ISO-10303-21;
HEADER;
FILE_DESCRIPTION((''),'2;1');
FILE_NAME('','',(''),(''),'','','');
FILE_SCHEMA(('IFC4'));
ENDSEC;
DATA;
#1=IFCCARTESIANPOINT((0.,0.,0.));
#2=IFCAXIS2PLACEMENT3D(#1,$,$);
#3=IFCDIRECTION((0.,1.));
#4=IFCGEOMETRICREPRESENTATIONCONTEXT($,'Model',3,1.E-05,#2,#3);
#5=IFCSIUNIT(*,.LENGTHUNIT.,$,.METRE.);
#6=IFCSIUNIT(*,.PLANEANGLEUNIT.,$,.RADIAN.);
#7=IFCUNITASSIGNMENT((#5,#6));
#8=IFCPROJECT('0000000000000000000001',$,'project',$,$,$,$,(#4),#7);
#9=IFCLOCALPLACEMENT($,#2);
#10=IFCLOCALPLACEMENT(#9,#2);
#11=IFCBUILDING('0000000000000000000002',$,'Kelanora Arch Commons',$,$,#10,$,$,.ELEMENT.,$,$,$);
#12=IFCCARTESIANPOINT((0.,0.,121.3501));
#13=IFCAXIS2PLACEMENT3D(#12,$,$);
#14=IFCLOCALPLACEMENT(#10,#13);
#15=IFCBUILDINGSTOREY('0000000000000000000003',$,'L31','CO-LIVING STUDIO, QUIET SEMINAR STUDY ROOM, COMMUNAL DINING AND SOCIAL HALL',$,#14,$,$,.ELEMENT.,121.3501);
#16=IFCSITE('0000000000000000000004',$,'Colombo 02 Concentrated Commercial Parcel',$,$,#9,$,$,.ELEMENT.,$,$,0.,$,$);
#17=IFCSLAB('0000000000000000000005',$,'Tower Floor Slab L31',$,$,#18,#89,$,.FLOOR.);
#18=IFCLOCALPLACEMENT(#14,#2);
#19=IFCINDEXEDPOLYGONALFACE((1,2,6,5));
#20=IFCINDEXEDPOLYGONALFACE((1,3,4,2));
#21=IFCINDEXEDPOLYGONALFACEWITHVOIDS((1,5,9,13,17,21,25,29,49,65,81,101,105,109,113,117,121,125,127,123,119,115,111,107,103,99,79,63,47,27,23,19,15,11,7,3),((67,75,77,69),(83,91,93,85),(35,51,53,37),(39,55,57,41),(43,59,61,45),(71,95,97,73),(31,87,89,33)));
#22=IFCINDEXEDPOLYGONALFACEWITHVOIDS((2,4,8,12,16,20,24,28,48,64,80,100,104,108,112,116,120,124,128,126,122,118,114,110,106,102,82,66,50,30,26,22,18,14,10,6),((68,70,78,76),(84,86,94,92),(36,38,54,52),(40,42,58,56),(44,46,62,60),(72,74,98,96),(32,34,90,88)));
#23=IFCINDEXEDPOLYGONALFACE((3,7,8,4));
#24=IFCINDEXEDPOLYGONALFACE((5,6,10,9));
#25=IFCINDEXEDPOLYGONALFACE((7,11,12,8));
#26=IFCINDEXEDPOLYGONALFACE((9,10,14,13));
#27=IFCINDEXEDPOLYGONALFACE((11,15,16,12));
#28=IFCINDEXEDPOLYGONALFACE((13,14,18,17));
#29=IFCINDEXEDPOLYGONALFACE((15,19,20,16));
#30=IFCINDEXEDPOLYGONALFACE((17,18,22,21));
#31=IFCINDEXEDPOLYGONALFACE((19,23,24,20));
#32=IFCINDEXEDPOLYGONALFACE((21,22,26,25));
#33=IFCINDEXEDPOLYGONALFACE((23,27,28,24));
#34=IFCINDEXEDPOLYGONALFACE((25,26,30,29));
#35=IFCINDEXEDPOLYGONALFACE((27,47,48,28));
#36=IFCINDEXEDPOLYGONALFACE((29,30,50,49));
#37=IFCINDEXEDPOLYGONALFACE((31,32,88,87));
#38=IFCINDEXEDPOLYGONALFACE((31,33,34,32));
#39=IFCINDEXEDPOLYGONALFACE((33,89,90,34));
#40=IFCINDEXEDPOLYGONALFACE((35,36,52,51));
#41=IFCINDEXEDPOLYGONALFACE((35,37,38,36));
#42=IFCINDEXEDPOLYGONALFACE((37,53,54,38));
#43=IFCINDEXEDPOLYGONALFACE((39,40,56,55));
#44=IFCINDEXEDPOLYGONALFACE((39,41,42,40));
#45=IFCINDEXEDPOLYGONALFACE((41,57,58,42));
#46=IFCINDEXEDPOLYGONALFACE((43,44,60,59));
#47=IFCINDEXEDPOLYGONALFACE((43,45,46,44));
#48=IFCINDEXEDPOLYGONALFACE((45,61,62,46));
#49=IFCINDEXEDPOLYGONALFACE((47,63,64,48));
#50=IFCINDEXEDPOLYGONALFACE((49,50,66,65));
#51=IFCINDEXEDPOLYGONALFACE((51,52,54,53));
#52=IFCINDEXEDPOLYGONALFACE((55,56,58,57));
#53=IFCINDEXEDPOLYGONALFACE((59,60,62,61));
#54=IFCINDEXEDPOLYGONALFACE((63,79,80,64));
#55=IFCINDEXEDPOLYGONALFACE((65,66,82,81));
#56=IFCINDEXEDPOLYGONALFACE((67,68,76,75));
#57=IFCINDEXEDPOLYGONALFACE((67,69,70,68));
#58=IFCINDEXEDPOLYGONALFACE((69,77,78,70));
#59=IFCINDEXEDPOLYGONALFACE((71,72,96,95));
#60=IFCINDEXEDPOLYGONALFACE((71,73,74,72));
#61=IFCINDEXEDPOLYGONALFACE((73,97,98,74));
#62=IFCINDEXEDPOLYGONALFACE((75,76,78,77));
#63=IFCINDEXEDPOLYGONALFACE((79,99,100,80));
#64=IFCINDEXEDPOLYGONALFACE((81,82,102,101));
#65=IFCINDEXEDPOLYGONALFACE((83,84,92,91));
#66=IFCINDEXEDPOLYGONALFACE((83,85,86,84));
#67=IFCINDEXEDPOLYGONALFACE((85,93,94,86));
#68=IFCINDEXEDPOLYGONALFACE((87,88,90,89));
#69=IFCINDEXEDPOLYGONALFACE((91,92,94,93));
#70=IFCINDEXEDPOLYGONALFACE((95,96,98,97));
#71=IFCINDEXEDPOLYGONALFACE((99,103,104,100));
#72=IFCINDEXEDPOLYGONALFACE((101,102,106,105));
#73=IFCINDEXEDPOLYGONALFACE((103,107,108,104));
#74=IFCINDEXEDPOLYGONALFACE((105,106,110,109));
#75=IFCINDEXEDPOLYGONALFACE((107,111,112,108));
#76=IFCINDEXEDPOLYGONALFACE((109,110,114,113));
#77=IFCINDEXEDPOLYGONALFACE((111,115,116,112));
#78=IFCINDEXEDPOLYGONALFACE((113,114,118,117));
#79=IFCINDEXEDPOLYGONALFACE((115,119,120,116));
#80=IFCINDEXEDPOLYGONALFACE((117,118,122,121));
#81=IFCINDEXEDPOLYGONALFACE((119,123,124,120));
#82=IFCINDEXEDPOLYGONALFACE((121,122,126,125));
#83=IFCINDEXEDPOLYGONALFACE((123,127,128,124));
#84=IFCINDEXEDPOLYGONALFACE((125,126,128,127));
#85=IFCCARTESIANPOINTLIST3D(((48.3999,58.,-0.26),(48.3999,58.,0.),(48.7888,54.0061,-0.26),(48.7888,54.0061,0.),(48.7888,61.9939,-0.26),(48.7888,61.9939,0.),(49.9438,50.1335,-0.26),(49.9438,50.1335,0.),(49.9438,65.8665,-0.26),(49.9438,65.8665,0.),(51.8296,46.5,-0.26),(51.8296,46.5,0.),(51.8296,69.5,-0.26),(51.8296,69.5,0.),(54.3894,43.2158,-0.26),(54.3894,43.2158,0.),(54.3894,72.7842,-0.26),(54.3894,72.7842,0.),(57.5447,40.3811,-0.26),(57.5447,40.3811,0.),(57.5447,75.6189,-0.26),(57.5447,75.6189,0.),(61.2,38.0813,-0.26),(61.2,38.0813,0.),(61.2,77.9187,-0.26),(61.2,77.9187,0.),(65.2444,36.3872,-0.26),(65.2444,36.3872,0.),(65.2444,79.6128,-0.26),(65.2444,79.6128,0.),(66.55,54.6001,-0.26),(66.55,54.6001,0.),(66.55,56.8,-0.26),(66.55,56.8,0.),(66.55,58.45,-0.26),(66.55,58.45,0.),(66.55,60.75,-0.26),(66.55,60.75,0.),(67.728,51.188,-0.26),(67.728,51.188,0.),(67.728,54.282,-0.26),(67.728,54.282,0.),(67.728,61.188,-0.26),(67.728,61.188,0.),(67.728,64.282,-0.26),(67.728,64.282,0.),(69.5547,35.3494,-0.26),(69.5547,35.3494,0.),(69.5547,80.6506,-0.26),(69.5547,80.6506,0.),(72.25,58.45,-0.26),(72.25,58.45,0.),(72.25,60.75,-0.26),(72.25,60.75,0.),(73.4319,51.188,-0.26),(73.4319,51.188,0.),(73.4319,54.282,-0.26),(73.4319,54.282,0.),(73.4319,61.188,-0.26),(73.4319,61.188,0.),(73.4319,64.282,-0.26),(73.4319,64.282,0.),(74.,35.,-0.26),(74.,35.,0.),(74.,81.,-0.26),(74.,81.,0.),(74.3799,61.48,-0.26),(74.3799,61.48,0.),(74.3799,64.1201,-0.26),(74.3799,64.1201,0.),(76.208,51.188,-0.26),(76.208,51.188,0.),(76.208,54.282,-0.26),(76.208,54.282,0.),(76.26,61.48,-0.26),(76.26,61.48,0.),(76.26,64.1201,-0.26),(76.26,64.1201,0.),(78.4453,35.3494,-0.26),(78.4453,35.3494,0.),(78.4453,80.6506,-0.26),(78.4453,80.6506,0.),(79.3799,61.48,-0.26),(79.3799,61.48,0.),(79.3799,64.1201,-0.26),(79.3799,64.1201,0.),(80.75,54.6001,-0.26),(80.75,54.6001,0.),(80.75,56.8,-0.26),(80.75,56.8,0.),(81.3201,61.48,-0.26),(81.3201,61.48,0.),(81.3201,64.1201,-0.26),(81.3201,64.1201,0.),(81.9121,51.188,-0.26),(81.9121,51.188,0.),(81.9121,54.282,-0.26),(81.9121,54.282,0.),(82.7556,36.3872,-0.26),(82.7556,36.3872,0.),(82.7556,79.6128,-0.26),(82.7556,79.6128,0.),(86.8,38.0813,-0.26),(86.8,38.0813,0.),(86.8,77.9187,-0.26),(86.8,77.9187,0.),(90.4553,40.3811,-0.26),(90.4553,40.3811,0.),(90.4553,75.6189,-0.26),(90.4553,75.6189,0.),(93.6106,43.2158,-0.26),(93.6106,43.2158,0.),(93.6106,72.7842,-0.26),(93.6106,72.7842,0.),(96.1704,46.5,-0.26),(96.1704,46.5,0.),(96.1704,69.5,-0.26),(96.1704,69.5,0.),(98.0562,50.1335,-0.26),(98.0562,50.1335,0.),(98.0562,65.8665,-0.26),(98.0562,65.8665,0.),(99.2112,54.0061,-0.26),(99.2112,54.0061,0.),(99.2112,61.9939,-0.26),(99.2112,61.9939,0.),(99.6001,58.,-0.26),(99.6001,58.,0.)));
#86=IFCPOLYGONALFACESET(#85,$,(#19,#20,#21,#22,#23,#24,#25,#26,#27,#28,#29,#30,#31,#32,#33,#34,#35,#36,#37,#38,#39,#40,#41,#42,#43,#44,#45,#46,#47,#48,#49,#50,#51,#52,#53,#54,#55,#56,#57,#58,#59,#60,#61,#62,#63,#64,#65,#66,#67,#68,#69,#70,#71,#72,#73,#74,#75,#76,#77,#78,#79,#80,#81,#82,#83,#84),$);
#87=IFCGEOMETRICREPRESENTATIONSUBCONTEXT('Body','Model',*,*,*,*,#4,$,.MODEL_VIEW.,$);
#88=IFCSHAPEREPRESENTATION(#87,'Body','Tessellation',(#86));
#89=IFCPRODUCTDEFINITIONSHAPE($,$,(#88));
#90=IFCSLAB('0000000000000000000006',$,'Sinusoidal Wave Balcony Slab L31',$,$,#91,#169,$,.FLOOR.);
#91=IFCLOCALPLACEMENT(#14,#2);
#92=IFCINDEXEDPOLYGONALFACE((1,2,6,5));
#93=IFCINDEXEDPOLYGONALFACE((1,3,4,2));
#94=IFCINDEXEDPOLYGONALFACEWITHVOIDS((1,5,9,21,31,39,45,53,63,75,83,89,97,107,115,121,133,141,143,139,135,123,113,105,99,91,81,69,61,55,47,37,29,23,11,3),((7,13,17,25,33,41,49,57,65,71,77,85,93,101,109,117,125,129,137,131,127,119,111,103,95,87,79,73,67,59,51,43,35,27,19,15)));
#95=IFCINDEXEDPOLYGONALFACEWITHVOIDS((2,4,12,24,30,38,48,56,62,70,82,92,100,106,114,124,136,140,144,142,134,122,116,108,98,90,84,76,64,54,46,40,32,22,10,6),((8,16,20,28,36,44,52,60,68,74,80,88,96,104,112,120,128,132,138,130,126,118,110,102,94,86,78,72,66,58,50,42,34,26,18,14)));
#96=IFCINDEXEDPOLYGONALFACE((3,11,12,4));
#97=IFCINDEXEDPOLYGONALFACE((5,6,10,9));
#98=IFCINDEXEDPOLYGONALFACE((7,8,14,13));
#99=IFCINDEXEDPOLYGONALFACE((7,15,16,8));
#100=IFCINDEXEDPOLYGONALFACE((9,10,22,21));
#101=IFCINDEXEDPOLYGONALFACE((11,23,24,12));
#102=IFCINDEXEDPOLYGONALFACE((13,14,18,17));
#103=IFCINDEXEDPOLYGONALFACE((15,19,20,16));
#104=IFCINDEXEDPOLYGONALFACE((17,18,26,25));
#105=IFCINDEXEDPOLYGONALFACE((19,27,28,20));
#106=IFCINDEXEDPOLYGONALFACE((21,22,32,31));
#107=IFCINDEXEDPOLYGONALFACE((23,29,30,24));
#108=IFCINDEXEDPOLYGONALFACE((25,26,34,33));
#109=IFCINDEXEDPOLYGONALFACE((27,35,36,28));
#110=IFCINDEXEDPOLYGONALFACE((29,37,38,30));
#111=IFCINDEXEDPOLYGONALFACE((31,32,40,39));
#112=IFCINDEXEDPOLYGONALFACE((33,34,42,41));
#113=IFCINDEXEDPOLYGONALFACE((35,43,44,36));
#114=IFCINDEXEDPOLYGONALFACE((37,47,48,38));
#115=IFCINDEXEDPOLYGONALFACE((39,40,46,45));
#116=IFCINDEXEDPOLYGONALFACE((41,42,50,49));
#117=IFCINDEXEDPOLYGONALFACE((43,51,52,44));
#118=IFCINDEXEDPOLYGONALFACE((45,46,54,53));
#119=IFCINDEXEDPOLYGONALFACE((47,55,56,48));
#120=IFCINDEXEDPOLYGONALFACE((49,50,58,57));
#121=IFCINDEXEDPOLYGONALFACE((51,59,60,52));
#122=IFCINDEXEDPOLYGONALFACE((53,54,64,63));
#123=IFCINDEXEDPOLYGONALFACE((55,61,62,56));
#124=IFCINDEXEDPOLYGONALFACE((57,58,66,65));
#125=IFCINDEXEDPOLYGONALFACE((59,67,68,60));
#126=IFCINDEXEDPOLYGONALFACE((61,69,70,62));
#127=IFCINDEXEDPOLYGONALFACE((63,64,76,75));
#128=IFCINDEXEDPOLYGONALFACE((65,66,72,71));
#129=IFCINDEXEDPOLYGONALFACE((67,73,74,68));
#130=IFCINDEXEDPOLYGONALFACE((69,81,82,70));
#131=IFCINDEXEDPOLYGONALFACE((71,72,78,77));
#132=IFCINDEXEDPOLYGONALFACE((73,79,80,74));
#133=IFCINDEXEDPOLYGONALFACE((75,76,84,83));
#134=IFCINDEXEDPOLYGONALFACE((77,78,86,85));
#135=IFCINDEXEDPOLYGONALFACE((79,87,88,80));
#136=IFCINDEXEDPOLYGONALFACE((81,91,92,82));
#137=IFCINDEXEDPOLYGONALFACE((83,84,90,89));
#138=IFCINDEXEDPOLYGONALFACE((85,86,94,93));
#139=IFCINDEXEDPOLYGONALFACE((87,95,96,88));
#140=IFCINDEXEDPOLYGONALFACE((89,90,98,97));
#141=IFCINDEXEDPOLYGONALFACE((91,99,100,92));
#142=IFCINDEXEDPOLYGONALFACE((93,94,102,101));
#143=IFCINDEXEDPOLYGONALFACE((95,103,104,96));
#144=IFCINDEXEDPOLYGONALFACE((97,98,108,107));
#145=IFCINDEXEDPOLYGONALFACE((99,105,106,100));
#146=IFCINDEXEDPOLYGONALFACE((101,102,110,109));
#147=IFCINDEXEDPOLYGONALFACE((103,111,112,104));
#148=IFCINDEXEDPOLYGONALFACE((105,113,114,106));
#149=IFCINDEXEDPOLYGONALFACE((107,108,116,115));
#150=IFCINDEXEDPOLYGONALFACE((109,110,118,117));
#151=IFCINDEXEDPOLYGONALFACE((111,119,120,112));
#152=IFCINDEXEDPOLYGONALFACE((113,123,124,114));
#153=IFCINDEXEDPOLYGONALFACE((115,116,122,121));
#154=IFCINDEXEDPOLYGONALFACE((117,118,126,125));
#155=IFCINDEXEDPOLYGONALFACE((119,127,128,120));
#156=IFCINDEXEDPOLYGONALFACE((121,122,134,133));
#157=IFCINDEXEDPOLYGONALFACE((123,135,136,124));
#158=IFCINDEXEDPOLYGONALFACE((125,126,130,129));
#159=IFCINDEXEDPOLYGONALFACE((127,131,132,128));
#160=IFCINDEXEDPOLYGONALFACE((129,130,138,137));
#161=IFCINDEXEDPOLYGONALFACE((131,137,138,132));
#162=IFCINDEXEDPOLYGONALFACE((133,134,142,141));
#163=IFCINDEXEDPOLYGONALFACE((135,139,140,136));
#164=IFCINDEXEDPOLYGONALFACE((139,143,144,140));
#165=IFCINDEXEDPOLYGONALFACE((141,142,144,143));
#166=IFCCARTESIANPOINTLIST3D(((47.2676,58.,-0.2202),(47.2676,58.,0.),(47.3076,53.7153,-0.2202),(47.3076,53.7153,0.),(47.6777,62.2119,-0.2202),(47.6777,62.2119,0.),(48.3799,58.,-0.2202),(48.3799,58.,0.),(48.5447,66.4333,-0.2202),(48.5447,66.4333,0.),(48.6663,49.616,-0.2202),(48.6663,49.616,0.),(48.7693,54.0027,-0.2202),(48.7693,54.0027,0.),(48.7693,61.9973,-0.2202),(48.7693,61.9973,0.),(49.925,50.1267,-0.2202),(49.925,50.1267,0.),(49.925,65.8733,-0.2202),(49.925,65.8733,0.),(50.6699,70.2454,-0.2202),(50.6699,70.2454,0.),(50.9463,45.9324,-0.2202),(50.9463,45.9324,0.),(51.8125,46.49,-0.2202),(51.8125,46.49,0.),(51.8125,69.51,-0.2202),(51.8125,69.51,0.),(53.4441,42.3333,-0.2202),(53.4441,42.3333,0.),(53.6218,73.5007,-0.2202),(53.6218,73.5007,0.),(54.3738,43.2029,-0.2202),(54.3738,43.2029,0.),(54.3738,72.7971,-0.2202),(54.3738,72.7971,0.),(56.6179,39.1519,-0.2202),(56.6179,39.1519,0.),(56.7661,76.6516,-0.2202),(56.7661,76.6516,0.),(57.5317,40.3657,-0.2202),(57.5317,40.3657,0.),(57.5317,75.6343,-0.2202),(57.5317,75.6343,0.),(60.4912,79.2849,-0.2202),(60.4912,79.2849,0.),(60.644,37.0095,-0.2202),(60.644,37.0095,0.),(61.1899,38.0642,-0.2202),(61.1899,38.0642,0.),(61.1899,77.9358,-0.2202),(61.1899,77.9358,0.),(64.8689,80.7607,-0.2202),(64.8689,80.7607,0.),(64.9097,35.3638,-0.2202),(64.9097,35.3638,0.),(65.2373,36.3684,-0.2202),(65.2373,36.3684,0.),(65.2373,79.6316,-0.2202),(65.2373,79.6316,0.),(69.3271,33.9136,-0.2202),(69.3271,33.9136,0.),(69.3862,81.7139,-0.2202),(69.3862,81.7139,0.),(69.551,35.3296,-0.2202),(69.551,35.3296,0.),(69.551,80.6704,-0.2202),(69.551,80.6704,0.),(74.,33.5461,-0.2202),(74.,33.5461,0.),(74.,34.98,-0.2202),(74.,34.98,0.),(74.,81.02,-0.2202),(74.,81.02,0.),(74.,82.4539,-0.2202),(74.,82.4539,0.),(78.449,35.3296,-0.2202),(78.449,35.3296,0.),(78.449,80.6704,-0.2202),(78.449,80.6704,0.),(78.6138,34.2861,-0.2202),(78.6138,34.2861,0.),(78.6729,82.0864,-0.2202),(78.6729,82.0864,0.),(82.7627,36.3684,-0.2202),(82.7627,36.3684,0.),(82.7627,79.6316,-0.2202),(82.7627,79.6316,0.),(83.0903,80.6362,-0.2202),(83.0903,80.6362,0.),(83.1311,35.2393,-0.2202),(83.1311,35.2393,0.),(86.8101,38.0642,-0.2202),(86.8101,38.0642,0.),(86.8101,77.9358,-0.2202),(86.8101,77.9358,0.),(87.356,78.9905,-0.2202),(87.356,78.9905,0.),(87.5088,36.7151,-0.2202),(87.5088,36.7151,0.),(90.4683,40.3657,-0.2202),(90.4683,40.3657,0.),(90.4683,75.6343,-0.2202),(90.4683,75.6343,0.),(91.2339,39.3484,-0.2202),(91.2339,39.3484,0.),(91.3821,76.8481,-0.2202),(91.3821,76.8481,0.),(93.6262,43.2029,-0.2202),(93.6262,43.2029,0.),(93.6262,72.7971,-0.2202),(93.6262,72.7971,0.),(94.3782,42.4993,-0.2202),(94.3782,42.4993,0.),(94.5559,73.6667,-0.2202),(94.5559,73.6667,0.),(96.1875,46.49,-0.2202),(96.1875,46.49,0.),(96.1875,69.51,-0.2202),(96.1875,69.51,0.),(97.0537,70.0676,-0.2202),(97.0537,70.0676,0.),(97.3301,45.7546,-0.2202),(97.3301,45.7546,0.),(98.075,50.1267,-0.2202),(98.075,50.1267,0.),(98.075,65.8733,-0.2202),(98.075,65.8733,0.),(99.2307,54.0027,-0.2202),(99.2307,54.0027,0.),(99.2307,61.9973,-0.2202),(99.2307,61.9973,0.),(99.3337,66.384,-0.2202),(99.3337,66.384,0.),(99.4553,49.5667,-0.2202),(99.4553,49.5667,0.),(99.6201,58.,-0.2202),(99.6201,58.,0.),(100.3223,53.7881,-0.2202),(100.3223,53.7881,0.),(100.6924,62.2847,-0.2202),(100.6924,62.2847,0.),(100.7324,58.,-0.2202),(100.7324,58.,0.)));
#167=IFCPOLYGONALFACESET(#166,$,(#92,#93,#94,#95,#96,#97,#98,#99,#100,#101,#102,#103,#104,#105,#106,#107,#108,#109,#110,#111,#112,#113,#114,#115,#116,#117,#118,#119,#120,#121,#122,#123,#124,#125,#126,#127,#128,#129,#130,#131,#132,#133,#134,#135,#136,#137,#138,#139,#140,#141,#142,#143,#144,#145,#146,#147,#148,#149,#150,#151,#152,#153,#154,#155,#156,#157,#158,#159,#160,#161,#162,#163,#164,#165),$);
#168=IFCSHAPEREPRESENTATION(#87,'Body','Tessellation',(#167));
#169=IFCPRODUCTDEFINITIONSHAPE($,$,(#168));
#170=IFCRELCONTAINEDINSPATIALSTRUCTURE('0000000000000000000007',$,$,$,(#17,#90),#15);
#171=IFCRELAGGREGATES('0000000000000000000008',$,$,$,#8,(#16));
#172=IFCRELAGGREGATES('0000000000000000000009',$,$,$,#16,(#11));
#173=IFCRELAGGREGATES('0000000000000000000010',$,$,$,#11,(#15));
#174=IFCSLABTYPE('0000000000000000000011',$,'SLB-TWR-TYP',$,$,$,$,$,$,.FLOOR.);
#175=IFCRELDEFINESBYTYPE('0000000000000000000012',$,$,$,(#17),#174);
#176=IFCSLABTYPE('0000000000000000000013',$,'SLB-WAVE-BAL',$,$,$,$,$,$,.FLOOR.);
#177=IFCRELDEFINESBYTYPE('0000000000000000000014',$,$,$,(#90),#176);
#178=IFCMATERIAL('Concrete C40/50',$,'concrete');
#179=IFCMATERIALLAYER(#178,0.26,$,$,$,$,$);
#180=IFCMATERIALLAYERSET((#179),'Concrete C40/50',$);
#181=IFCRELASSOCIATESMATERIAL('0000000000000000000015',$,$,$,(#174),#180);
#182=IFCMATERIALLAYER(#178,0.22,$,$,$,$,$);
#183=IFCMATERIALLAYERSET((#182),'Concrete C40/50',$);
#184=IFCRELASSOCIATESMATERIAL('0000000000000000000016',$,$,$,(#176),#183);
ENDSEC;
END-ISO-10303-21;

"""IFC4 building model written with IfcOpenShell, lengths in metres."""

from ifc_helpers import new_model, si_unit, direction, frame, origin, place, context, subcontext, project, spatial, polyline, outline, extrude, material, layer, layer_set, type_object, element, save


model = new_model("IFC4")

# Units and contexts
model_context = context("Model", 3, precision=1e-05, world=origin(), true_north=direction((0.0, 1.0)))
body_context = subcontext(model_context, "Body", "Model", "MODEL_VIEW")
ifc_project = project(units=[si_unit("LENGTHUNIT", "METRE"), si_unit("PLANEANGLEUNIT", "RADIAN")], contexts=[model_context])

# Site, building, storey
site_placement = place(None, origin())
site = spatial("IfcSite", under=ifc_project, at=site_placement, Name="Colombo 02 Concentrated Commercial Parcel", CompositionType="ELEMENT", RefElevation=0.0)
building_placement = place(site_placement, origin())
building = spatial("IfcBuilding", under=site, at=building_placement, Name="Kelanora Arch Commons", CompositionType="ELEMENT")
storey_placement = place(building_placement, frame((0.0, 0.0, 121.3501)))
storey = spatial("IfcBuildingStorey", under=building, at=storey_placement, Name="L31", Description="CO-LIVING STUDIO, QUIET SEMINAR STUDY ROOM, COMMUNAL DINING AND SOCIAL HALL", CompositionType="ELEMENT", Elevation=121.3501)

# Shared definitions
ifc_material_1 = material(Name="Concrete C40/50", Category="concrete")

# Slabs
ifc_layer_1 = layer(ifc_material_1, 0.26)
ifc_layer_set_1 = layer_set([ifc_layer_1], Name="Concrete C40/50")
slab_type_1 = type_object("IfcSlabType", Name="SLB-TWR-TYP", PredefinedType="FLOOR", material=ifc_layer_set_1)
slab_1_placement = place(storey_placement, frame((0.0, 0.0, -0.26)))
element("IfcSlab", 1, at=slab_1_placement, inside=storey, type_object=slab_type_1, Name="Tower Floor Slab L31", PredefinedType="FLOOR", context=body_context, shape_type="SweptSolid", body=[
    extrude(outline(polyline([(99.6001, 58.0), (99.2112, 61.9939), (98.0562, 65.8665), (96.1704, 69.5), (93.6106, 72.7842), (90.4553, 75.6189), (86.8, 77.9187), (82.7556, 79.6128), (78.4453, 80.6506), (74.0, 81.0), (69.5547, 80.6506), (65.2444, 79.6128), (61.2, 77.9187), (57.5447, 75.6189), (54.3894, 72.7842), (51.8296, 69.5), (49.9438, 65.8665), (48.7888, 61.9939), (48.3999, 58.0), (48.7888, 54.0061), (49.9438, 50.1335), (51.8296, 46.5), (54.3894, 43.2158), (57.5447, 40.3811), (61.2, 38.0813), (65.2444, 36.3872), (69.5547, 35.3494), (74.0, 35.0), (78.4453, 35.3494), (82.7556, 36.3872), (86.8, 38.0813), (90.4553, 40.3811), (93.6106, 43.2158), (96.1704, 46.5), (98.0562, 50.1335), (99.2112, 54.0061), (99.6001, 58.0)]), holes=[polyline([(73.4319, 51.188), (67.728, 51.188), (67.728, 54.282), (73.4319, 54.282), (73.4319, 51.188)]), polyline([(76.208, 51.188), (76.208, 54.282), (81.9121, 54.282), (81.9121, 51.188), (76.208, 51.188)]), polyline([(66.55, 54.6001), (66.55, 56.8), (80.75, 56.8), (80.75, 54.6001), (66.55, 54.6001)]), polyline([(66.55, 58.45), (66.55, 60.75), (72.25, 60.75), (72.25, 58.45), (66.55, 58.45)]), polyline([(67.728, 61.188), (67.728, 64.282), (73.4319, 64.282), (73.4319, 61.188), (67.728, 61.188)]), polyline([(74.3799, 61.48), (74.3799, 64.1201), (76.26, 64.1201), (76.26, 61.48), (74.3799, 61.48)]), polyline([(79.3799, 61.48), (79.3799, 64.1201), (81.3201, 64.1201), (81.3201, 61.48), (79.3799, 61.48)])]), origin(), (0.0, 0.0, 1.0), 0.26),
])
ifc_layer_2 = layer(ifc_material_1, 0.22)
ifc_layer_set_2 = layer_set([ifc_layer_2], Name="Concrete C40/50")
slab_type_2 = type_object("IfcSlabType", Name="SLB-WAVE-BAL", PredefinedType="FLOOR", material=ifc_layer_set_2)
slab_2_placement = place(storey_placement, frame((0.0, 0.0, -0.2202)))
element("IfcSlab", 2, at=slab_2_placement, inside=storey, type_object=slab_type_2, Name="Sinusoidal Wave Balcony Slab L31", PredefinedType="FLOOR", context=body_context, shape_type="SweptSolid", body=[
    extrude(outline(polyline([(100.7324, 58.0), (100.6924, 62.2847), (99.3337, 66.384), (97.0537, 70.0676), (94.5559, 73.6667), (91.3821, 76.8481), (87.356, 78.9905), (83.0903, 80.6362), (78.6729, 82.0864), (74.0, 82.4539), (69.3862, 81.7139), (64.8689, 80.7607), (60.4912, 79.2849), (56.7661, 76.6516), (53.6218, 73.5007), (50.6699, 70.2454), (48.5447, 66.4333), (47.6777, 62.2119), (47.2676, 58.0), (47.3076, 53.7153), (48.6663, 49.616), (50.9463, 45.9324), (53.4441, 42.3333), (56.6179, 39.1519), (60.644, 37.0095), (64.9097, 35.3638), (69.3271, 33.9136), (74.0, 33.5461), (78.6138, 34.2861), (83.1311, 35.2393), (87.5088, 36.7151), (91.2339, 39.3484), (94.3782, 42.4993), (97.3301, 45.7546), (99.4553, 49.5667), (100.3223, 53.7881), (100.7324, 58.0)]), holes=[polyline([(99.2307, 54.0027), (98.075, 50.1267), (96.1875, 46.49), (93.6262, 43.2029), (90.4683, 40.3657), (86.8101, 38.0642), (82.7627, 36.3684), (78.449, 35.3296), (74.0, 34.98), (69.551, 35.3296), (65.2373, 36.3684), (61.1899, 38.0642), (57.5317, 40.3657), (54.3738, 43.2029), (51.8125, 46.49), (49.925, 50.1267), (48.7693, 54.0027), (48.3799, 58.0), (48.7693, 61.9973), (49.925, 65.8733), (51.8125, 69.51), (54.3738, 72.7971), (57.5317, 75.6343), (61.1899, 77.9358), (65.2373, 79.6316), (69.551, 80.6704), (74.0, 81.02), (78.449, 80.6704), (82.7627, 79.6316), (86.8101, 77.9358), (90.4683, 75.6343), (93.6262, 72.7971), (96.1875, 69.51), (98.075, 65.8733), (99.2307, 61.9973), (99.6201, 58.0), (99.2307, 54.0027)])]), origin(), (0.0, 0.0, 1.0), 0.2202),
])

save(model, "model.ifc")
